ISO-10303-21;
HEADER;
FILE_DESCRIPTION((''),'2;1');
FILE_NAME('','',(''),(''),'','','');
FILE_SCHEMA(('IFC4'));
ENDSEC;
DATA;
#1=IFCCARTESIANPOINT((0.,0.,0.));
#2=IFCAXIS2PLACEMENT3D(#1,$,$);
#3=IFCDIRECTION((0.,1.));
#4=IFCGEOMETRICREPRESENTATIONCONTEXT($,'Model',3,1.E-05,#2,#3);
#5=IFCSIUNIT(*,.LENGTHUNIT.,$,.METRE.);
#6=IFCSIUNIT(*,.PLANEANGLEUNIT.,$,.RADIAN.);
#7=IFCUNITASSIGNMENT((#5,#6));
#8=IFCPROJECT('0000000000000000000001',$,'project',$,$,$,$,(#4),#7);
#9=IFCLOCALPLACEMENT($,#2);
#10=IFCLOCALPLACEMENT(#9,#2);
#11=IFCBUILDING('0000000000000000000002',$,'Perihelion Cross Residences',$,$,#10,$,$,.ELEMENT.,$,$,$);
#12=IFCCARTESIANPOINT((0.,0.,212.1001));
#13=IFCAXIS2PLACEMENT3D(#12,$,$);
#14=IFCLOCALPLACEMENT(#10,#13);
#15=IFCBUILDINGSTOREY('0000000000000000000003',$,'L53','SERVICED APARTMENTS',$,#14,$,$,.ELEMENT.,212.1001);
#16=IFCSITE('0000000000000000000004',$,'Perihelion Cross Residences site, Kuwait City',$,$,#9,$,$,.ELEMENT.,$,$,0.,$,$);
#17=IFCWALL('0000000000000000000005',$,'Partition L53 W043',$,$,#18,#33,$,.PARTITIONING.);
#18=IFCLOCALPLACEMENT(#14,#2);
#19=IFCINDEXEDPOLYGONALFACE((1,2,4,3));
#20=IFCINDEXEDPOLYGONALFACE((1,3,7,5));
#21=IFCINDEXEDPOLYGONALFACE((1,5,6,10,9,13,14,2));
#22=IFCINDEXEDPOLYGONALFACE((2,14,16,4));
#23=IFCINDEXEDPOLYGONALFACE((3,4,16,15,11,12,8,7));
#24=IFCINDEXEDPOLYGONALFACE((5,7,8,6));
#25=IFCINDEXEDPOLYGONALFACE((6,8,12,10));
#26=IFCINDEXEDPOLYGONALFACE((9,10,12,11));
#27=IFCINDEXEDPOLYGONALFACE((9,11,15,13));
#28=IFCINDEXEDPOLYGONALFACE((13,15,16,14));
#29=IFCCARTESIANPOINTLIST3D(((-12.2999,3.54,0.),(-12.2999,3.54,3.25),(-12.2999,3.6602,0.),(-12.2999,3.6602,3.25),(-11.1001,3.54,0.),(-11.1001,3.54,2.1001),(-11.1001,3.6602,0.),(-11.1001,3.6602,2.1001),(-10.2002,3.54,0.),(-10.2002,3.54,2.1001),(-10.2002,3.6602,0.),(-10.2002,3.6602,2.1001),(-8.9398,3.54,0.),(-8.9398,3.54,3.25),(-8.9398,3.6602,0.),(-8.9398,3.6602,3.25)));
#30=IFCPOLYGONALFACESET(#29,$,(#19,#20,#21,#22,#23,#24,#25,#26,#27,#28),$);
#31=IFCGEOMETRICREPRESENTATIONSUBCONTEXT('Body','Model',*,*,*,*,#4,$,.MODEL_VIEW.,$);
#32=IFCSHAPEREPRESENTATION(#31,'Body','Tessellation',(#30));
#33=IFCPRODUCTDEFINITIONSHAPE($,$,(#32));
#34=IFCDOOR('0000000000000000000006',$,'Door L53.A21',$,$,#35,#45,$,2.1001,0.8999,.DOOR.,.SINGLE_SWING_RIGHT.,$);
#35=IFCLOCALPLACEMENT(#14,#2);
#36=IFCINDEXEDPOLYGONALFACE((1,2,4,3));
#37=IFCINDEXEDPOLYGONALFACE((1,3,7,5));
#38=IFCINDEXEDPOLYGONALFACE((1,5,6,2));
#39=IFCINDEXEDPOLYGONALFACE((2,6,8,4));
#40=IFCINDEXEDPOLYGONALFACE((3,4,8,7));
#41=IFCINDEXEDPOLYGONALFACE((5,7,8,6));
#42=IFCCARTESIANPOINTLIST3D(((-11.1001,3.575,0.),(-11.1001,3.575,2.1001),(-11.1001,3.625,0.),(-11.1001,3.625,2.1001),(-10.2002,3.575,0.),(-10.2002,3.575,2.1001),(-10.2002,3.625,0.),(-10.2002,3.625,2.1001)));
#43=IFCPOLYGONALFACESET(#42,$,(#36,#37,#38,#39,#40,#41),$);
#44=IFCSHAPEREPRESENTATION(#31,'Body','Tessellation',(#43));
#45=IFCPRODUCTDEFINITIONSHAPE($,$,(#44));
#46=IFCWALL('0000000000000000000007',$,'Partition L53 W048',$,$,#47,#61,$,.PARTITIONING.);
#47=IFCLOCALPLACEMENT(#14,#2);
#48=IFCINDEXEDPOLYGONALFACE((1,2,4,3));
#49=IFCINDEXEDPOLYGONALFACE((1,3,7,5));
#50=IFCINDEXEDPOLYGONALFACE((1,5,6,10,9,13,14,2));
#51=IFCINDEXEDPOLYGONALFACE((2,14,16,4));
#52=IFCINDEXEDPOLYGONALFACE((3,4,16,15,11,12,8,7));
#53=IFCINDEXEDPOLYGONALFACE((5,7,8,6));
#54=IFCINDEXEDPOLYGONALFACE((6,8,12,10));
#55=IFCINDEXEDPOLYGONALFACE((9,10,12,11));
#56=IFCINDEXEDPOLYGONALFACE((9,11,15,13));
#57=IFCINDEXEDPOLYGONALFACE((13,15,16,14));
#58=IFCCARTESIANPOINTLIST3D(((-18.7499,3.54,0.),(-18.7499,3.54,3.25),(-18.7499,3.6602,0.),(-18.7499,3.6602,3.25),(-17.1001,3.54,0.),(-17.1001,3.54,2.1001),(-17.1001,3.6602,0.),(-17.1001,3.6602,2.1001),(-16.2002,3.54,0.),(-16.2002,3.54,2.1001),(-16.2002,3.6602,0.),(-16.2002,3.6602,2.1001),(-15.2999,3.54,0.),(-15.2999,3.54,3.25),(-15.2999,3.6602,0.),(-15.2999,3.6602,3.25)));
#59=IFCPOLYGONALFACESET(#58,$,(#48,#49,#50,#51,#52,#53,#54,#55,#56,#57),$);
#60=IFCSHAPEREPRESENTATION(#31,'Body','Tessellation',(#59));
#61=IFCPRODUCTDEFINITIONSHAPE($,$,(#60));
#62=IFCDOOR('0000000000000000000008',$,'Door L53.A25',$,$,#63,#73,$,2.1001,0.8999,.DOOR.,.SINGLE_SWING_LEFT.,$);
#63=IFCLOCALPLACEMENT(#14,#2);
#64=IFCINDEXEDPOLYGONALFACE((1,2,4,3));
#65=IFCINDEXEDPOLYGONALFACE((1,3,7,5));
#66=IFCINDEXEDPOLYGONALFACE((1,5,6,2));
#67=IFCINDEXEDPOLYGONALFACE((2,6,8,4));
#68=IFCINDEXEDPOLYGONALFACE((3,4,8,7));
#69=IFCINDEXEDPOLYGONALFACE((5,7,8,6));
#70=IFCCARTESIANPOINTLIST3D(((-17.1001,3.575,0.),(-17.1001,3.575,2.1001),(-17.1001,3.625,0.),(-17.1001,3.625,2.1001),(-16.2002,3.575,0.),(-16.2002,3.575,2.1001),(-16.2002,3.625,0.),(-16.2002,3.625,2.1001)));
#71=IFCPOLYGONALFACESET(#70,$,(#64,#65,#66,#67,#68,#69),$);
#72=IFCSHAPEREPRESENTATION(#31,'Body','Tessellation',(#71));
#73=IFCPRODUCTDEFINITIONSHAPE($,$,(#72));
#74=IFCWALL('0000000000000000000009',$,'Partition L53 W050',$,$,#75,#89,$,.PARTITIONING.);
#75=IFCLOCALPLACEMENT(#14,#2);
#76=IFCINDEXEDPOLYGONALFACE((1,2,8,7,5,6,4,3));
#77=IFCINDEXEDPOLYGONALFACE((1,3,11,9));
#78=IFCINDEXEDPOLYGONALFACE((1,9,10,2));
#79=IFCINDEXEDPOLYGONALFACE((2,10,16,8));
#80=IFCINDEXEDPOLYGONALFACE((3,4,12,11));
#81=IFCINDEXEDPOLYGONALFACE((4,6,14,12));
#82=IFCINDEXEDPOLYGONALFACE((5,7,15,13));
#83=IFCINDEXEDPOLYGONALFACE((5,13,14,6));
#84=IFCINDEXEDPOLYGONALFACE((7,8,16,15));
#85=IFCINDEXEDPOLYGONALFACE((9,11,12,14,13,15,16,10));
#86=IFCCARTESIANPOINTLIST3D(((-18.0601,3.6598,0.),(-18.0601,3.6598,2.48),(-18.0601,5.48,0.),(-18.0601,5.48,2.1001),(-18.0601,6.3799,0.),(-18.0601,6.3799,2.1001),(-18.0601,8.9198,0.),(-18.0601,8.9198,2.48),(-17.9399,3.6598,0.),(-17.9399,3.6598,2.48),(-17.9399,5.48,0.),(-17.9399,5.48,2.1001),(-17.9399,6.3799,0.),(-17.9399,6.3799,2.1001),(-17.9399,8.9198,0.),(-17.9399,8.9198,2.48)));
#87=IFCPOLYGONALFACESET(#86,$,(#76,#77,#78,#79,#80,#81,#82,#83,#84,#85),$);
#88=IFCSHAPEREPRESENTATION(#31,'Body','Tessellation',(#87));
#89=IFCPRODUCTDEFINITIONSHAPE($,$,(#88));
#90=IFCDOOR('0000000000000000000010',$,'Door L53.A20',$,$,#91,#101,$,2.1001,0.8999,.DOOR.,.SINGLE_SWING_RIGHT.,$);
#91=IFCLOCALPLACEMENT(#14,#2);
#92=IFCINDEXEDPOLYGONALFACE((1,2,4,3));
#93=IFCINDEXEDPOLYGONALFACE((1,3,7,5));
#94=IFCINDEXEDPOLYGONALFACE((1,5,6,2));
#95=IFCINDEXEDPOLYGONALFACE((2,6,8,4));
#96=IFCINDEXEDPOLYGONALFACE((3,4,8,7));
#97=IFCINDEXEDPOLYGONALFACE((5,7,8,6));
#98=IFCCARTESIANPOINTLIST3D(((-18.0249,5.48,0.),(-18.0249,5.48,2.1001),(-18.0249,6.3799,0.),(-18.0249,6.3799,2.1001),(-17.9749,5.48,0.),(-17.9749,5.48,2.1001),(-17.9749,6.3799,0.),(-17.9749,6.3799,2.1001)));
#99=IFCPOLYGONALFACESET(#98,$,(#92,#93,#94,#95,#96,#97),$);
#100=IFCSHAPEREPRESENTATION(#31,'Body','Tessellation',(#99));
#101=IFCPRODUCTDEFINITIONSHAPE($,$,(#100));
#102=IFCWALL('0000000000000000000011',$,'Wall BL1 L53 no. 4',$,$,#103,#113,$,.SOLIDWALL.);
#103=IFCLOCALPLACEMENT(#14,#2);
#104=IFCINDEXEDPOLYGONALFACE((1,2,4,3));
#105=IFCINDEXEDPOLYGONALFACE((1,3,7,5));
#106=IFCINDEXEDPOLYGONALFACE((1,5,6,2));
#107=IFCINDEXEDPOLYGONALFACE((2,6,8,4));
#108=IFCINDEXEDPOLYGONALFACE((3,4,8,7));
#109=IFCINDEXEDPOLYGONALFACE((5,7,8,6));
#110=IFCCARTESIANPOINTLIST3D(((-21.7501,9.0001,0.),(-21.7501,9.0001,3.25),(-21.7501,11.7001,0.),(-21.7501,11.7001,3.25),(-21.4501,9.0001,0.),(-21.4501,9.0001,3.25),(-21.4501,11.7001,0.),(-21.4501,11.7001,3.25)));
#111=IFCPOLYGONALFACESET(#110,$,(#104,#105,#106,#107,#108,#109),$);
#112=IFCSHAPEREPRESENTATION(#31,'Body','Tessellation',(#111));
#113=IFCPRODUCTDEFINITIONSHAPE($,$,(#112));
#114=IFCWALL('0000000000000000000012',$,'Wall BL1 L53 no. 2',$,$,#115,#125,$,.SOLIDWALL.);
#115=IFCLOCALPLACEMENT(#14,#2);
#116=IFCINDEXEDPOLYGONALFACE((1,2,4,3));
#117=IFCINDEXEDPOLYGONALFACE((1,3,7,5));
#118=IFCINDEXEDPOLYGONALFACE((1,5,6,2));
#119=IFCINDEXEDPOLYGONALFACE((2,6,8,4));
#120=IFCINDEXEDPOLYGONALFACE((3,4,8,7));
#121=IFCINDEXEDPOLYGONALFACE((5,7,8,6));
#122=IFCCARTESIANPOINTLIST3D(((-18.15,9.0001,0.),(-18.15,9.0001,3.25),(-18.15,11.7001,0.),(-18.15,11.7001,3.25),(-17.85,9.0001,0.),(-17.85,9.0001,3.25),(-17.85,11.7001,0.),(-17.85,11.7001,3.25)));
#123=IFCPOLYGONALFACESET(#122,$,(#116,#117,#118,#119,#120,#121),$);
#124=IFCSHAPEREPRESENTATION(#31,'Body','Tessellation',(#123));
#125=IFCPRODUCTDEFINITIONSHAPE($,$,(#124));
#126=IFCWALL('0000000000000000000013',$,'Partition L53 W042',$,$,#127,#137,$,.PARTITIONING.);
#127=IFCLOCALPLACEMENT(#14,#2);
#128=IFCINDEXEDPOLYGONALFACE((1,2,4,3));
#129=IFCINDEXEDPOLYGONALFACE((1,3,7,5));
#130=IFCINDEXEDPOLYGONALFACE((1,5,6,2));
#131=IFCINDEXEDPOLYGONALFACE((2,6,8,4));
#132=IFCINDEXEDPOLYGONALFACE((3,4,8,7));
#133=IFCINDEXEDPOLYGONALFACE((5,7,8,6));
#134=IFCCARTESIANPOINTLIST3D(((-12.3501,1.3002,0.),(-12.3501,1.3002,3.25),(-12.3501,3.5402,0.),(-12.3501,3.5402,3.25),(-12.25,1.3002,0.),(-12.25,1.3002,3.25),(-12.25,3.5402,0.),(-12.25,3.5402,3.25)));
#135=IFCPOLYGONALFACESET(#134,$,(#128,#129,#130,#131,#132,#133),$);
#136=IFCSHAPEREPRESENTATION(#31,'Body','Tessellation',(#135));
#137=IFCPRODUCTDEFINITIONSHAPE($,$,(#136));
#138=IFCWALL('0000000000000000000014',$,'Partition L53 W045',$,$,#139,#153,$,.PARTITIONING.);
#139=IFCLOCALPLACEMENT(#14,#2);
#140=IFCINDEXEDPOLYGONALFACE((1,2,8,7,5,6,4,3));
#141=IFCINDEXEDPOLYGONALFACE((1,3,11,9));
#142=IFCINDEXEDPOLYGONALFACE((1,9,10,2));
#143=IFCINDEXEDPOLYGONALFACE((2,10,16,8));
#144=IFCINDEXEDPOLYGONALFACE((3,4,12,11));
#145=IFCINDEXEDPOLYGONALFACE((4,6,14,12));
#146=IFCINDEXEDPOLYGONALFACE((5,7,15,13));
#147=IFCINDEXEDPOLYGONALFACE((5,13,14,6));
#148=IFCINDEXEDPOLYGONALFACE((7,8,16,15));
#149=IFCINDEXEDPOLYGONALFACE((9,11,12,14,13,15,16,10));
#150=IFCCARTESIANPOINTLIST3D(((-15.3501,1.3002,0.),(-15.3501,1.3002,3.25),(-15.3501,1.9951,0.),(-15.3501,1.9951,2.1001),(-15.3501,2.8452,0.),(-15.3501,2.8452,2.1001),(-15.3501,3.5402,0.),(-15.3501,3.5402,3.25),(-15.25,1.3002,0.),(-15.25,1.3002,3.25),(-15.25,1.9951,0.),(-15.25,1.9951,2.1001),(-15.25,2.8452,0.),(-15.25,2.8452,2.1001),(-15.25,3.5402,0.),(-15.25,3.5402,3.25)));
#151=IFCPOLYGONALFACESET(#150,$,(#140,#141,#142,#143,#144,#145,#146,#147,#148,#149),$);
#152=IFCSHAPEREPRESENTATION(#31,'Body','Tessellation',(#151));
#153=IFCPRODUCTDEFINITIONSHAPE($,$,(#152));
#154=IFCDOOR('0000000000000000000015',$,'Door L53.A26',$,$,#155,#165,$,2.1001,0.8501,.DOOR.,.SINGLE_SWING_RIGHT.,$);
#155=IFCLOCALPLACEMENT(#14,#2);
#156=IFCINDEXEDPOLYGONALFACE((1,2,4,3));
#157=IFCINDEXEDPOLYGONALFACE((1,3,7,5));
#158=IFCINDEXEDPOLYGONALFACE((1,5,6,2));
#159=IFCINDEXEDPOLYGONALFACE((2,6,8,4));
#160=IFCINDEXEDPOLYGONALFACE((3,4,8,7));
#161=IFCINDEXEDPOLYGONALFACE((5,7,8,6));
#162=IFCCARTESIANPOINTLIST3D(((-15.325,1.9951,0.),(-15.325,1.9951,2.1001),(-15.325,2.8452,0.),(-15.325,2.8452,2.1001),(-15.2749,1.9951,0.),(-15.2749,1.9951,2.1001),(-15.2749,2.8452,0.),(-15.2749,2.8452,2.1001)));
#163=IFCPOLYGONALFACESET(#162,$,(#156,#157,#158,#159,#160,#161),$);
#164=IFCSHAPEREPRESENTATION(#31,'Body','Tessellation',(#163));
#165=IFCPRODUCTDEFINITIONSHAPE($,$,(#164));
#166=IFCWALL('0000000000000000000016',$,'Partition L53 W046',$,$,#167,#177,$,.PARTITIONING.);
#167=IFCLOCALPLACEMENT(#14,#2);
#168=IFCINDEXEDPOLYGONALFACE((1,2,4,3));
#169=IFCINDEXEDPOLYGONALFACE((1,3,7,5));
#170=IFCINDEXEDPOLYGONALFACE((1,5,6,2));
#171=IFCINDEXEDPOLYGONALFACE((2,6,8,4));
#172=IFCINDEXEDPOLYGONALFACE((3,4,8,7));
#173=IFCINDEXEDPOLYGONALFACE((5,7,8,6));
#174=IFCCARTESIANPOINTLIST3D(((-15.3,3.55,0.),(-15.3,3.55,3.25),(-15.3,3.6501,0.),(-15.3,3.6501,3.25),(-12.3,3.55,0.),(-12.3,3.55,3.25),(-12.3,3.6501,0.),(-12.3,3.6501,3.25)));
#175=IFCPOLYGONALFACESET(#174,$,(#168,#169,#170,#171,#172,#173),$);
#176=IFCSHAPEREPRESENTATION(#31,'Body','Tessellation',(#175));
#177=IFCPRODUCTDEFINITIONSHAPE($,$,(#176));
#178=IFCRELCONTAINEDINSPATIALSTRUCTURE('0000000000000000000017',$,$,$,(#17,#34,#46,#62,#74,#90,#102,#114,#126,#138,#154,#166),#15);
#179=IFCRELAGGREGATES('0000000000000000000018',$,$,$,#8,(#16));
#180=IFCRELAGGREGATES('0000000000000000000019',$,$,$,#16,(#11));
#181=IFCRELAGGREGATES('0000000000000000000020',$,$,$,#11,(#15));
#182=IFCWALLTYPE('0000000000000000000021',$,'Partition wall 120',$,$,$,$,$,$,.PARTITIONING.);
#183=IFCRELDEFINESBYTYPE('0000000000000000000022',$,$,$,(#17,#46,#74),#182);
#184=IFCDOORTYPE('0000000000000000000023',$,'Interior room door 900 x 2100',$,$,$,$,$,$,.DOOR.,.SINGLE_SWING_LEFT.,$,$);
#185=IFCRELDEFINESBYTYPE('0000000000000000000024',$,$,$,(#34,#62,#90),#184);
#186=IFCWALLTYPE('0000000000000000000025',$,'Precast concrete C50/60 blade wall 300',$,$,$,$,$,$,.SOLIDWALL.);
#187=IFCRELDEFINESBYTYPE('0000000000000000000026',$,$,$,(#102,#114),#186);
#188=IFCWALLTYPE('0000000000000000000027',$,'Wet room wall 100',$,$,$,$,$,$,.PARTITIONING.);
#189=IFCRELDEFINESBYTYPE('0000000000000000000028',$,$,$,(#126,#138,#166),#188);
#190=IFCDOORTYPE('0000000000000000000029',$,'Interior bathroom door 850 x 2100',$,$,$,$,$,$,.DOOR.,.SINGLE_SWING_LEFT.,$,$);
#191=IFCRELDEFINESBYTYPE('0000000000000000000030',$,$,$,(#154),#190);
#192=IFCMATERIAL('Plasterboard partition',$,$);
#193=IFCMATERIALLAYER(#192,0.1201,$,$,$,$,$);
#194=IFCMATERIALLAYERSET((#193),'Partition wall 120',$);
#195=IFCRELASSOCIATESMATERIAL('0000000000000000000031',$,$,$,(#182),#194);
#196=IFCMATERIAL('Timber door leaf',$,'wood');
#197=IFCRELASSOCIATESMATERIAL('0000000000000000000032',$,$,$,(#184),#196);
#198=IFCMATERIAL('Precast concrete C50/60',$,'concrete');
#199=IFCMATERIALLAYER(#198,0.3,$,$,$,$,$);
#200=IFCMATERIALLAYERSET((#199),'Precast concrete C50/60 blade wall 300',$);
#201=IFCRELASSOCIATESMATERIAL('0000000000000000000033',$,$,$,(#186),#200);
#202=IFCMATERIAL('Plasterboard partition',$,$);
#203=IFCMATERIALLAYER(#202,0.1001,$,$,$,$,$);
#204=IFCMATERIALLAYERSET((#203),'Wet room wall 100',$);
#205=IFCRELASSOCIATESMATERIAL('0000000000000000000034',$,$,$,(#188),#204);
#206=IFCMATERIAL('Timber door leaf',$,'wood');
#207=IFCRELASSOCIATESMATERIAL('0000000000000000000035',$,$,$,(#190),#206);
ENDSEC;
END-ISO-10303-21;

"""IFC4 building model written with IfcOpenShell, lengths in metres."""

from ifc_helpers import new_model, si_unit, direction, frame, frame_2d, origin, place, context, subcontext, project, spatial, rectangle, extrude, material, layer, layer_set, type_object, element, fill, save


model = new_model("IFC4")

# Units and contexts
model_context = context("Model", 3, precision=1e-05, world=origin(), true_north=direction((0.0, 1.0)))
body_context = subcontext(model_context, "Body", "Model", "MODEL_VIEW")
ifc_project = project(units=[si_unit("LENGTHUNIT", "METRE"), si_unit("PLANEANGLEUNIT", "RADIAN")], contexts=[model_context])

# Site, building, storey
site_placement = place(None, origin())
site = spatial("IfcSite", under=ifc_project, at=site_placement, Name="Perihelion Cross Residences site, Kuwait City", CompositionType="ELEMENT", RefElevation=0.0)
building_placement = place(site_placement, origin())
building = spatial("IfcBuilding", under=site, at=building_placement, Name="Perihelion Cross Residences", CompositionType="ELEMENT")
storey_placement = place(building_placement, frame((0.0, 0.0, 212.1001)))
storey = spatial("IfcBuildingStorey", under=building, at=storey_placement, Name="L53", Description="SERVICED APARTMENTS", CompositionType="ELEMENT", Elevation=212.1001)

# Walls, openings, doors
ifc_material_1 = material(Name="Plasterboard partition")
ifc_layer_1 = layer(ifc_material_1, 0.1201)
ifc_layer_set_1 = layer_set([ifc_layer_1], Name="Partition wall 120")
wall_type_1 = type_object("IfcWallType", Name="Partition wall 120", PredefinedType="PARTITIONING", material=ifc_layer_set_1)
wall_1_placement = place(storey_placement, frame((-12.3, 3.6001, 0.0), z_axis=(0.0, 0.0, 1.0), x_axis=(1.0, 0.0, 0.0)))
wall_1 = element("IfcWall", 1, at=wall_1_placement, inside=storey, type_object=wall_type_1, Name="Partition L53 W043", PredefinedType="PARTITIONING", context=body_context, shape_type="SweptSolid", body=[
    extrude(rectangle(XDim=3.3601, YDim=0.1201, at=frame_2d((1.6802, 0.0))), origin(), (0.0, 0.0, 1.0), 3.25),
])
opening_1_placement = place(wall_1_placement, frame((1.2, 0.0, 0.0)))
opening_1 = element("IfcOpeningElement", 2, at=opening_1_placement, cuts=wall_1, PredefinedType="OPENING", context=body_context, shape_type="SweptSolid", body=[
    extrude(rectangle(XDim=0.8999, YDim=2.1001, at=frame_2d((0.45, 1.05))), frame((0.0, 0.0701, 0.0), z_axis=(0.0, -1.0, 0.0), x_axis=(1.0, 0.0, 0.0)), (0.0, 0.0, 1.0), 0.1401),
])
ifc_material_2 = material(Name="Timber door leaf", Category="wood")
door_type_1 = type_object("IfcDoorType", Name="Interior room door 900 x 2100", OperationType="SINGLE_SWING_LEFT", PredefinedType="DOOR", material=ifc_material_2)
door_1_placement = place(opening_1_placement, origin())
door_1 = element("IfcDoor", 3, at=door_1_placement, inside=storey, type_object=door_type_1, Name="Door L53.A21", OperationType="SINGLE_SWING_RIGHT", OverallHeight=2.1001, OverallWidth=0.8999, PredefinedType="DOOR", context=body_context, shape_type="SweptSolid", body=[
    extrude(rectangle(XDim=0.8999, YDim=2.1001, at=frame_2d((0.45, 1.05))), frame((0.0, 0.0249, 0.0), z_axis=(0.0, -1.0, 0.0), x_axis=(1.0, 0.0, 0.0)), (0.0, 0.0, 1.0), 0.05),
])
fill(opening_1, door_1)
wall_2_placement = place(storey_placement, frame((-18.75, 3.6001, 0.0), z_axis=(0.0, 0.0, 1.0), x_axis=(1.0, 0.0, 0.0)))
wall_2 = element("IfcWall", 4, at=wall_2_placement, inside=storey, type_object=wall_type_1, Name="Partition L53 W048", PredefinedType="PARTITIONING", context=body_context, shape_type="SweptSolid", body=[
    extrude(rectangle(XDim=3.45, YDim=0.1201, at=frame_2d((1.7251, 0.0))), origin(), (0.0, 0.0, 1.0), 3.25),
])
opening_2_placement = place(wall_2_placement, frame((1.6499, 0.0, 0.0)))
opening_2 = element("IfcOpeningElement", 5, at=opening_2_placement, cuts=wall_2, PredefinedType="OPENING", context=body_context, shape_type="SweptSolid", body=[
    extrude(rectangle(XDim=0.8999, YDim=2.1001, at=frame_2d((0.45, 1.05))), frame((0.0, 0.0701, 0.0), z_axis=(0.0, -1.0, 0.0), x_axis=(1.0, 0.0, 0.0)), (0.0, 0.0, 1.0), 0.1401),
])
door_2_placement = place(opening_2_placement, origin())
door_2 = element("IfcDoor", 6, at=door_2_placement, inside=storey, type_object=door_type_1, Name="Door L53.A25", OperationType="SINGLE_SWING_LEFT", OverallHeight=2.1001, OverallWidth=0.8999, PredefinedType="DOOR", context=body_context, shape_type="SweptSolid", body=[
    extrude(rectangle(XDim=0.8999, YDim=2.1001, at=frame_2d((0.45, 1.05))), frame((0.0, 0.0249, 0.0), z_axis=(0.0, -1.0, 0.0), x_axis=(1.0, 0.0, 0.0)), (0.0, 0.0, 1.0), 0.05),
])
fill(opening_2, door_2)
wall_3_placement = place(storey_placement, frame((-18.0, 3.6599, 0.0), z_axis=(0.0, 0.0, 1.0), x_axis=(0.0, 1.0, 0.0)))
wall_3 = element("IfcWall", 7, at=wall_3_placement, inside=storey, type_object=wall_type_1, Name="Partition L53 W050", PredefinedType="PARTITIONING", context=body_context, shape_type="SweptSolid", body=[
    extrude(rectangle(XDim=5.26, YDim=0.1201, at=frame_2d((2.6299, 0.0))), origin(), (0.0, 0.0, 1.0), 2.48),
])
opening_3_placement = place(wall_3_placement, frame((1.8201, 0.0, 0.0)))
opening_3 = element("IfcOpeningElement", 8, at=opening_3_placement, cuts=wall_3, PredefinedType="OPENING", context=body_context, shape_type="SweptSolid", body=[
    extrude(rectangle(XDim=0.8999, YDim=2.1001, at=frame_2d((0.45, 1.05))), frame((0.0, 0.0701, 0.0), z_axis=(0.0, -1.0, 0.0), x_axis=(1.0, 0.0, 0.0)), (0.0, 0.0, 1.0), 0.1401),
])
door_3_placement = place(opening_3_placement, origin())
door_3 = element("IfcDoor", 9, at=door_3_placement, inside=storey, type_object=door_type_1, Name="Door L53.A20", OperationType="SINGLE_SWING_RIGHT", OverallHeight=2.1001, OverallWidth=0.8999, PredefinedType="DOOR", context=body_context, shape_type="SweptSolid", body=[
    extrude(rectangle(XDim=0.8999, YDim=2.1001, at=frame_2d((0.45, 1.05))), frame((0.0, 0.0249, 0.0), z_axis=(0.0, -1.0, 0.0), x_axis=(1.0, 0.0, 0.0)), (0.0, 0.0, 1.0), 0.05),
])
fill(opening_3, door_3)

# Walls
ifc_material_3 = material(Name="Precast concrete C50/60", Category="concrete")
ifc_layer_2 = layer(ifc_material_3, 0.3)
ifc_layer_set_2 = layer_set([ifc_layer_2], Name="Precast concrete C50/60 blade wall 300")
wall_type_2 = type_object("IfcWallType", Name="Precast concrete C50/60 blade wall 300", PredefinedType="SOLIDWALL", material=ifc_layer_set_2)
for number, where, z_axis, x_axis, name in (
    (10, (-21.6001, 9.0, 0.0), (0.0, 0.0, 1.0), (0.0, 1.0, 0.0), "Wall BL1 L53 no. 4"),
    (11, (-18.0, 9.0, 0.0), (0.0, 0.0, 1.0), (0.0, 1.0, 0.0), "Wall BL1 L53 no. 2"),
):
    element("IfcWall", number, at=place(storey_placement, frame(where, z_axis=z_axis, x_axis=x_axis)), inside=storey, type_object=wall_type_2, Name=name, PredefinedType="SOLIDWALL", context=body_context, shape_type="SweptSolid", body=[
        extrude(rectangle(XDim=2.7, YDim=0.3, at=frame_2d((1.3501, 0.0))), origin(), (0.0, 0.0, 1.0), 3.25),
    ])
ifc_material_4 = material(Name="Plasterboard partition")
ifc_layer_3 = layer(ifc_material_4, 0.1001)
ifc_layer_set_3 = layer_set([ifc_layer_3], Name="Wet room wall 100")
wall_type_3 = type_object("IfcWallType", Name="Wet room wall 100", PredefinedType="PARTITIONING", material=ifc_layer_set_3)
wall_4_placement = place(storey_placement, frame((-12.3, 1.3, 0.0), z_axis=(0.0, 0.0, 1.0), x_axis=(0.0, 1.0, 0.0)))
element("IfcWall", 12, at=wall_4_placement, inside=storey, type_object=wall_type_3, Name="Partition L53 W042", PredefinedType="PARTITIONING", context=body_context, shape_type="SweptSolid", body=[
    extrude(rectangle(XDim=2.24, YDim=0.1001, at=frame_2d((1.1201, 0.0))), origin(), (0.0, 0.0, 1.0), 3.25),
])

# Wall, opening, door
wall_5_placement = place(storey_placement, frame((-15.3, 1.3, 0.0), z_axis=(0.0, 0.0, 1.0), x_axis=(0.0, 1.0, 0.0)))
wall_5 = element("IfcWall", 13, at=wall_5_placement, inside=storey, type_object=wall_type_3, Name="Partition L53 W045", PredefinedType="PARTITIONING", context=body_context, shape_type="SweptSolid", body=[
    extrude(rectangle(XDim=2.24, YDim=0.1001, at=frame_2d((1.1201, 0.0))), origin(), (0.0, 0.0, 1.0), 3.25),
])
opening_4_placement = place(wall_5_placement, frame((0.6951, 0.0, 0.0)))
opening_4 = element("IfcOpeningElement", 14, at=opening_4_placement, cuts=wall_5, PredefinedType="OPENING", context=body_context, shape_type="SweptSolid", body=[
    extrude(rectangle(XDim=0.8501, YDim=2.1001, at=frame_2d((0.425, 1.05))), frame((0.0, 0.0601, 0.0), z_axis=(0.0, -1.0, 0.0), x_axis=(1.0, 0.0, 0.0)), (0.0, 0.0, 1.0), 0.1201),
])
ifc_material_5 = material(Name="Timber door leaf", Category="wood")
door_type_2 = type_object("IfcDoorType", Name="Interior bathroom door 850 x 2100", OperationType="SINGLE_SWING_LEFT", PredefinedType="DOOR", material=ifc_material_5)
door_4_placement = place(opening_4_placement, origin())
door_4 = element("IfcDoor", 15, at=door_4_placement, inside=storey, type_object=door_type_2, Name="Door L53.A26", OperationType="SINGLE_SWING_RIGHT", OverallHeight=2.1001, OverallWidth=0.8501, PredefinedType="DOOR", context=body_context, shape_type="SweptSolid", body=[
    extrude(rectangle(XDim=0.8501, YDim=2.1001, at=frame_2d((0.425, 1.05))), frame((0.0, 0.0249, 0.0), z_axis=(0.0, -1.0, 0.0), x_axis=(1.0, 0.0, 0.0)), (0.0, 0.0, 1.0), 0.05),
])
fill(opening_4, door_4)

# Wall
wall_6_placement = place(storey_placement, frame((-15.3, 3.6001, 0.0), z_axis=(0.0, 0.0, 1.0), x_axis=(1.0, 0.0, 0.0)))
element("IfcWall", 16, at=wall_6_placement, inside=storey, type_object=wall_type_3, Name="Partition L53 W046", PredefinedType="PARTITIONING", context=body_context, shape_type="SweptSolid", body=[
    extrude(rectangle(XDim=3.0, YDim=0.1001, at=frame_2d((1.5, 0.0))), origin(), (0.0, 0.0, 1.0), 3.25),
])

save(model, "model.ifc")
